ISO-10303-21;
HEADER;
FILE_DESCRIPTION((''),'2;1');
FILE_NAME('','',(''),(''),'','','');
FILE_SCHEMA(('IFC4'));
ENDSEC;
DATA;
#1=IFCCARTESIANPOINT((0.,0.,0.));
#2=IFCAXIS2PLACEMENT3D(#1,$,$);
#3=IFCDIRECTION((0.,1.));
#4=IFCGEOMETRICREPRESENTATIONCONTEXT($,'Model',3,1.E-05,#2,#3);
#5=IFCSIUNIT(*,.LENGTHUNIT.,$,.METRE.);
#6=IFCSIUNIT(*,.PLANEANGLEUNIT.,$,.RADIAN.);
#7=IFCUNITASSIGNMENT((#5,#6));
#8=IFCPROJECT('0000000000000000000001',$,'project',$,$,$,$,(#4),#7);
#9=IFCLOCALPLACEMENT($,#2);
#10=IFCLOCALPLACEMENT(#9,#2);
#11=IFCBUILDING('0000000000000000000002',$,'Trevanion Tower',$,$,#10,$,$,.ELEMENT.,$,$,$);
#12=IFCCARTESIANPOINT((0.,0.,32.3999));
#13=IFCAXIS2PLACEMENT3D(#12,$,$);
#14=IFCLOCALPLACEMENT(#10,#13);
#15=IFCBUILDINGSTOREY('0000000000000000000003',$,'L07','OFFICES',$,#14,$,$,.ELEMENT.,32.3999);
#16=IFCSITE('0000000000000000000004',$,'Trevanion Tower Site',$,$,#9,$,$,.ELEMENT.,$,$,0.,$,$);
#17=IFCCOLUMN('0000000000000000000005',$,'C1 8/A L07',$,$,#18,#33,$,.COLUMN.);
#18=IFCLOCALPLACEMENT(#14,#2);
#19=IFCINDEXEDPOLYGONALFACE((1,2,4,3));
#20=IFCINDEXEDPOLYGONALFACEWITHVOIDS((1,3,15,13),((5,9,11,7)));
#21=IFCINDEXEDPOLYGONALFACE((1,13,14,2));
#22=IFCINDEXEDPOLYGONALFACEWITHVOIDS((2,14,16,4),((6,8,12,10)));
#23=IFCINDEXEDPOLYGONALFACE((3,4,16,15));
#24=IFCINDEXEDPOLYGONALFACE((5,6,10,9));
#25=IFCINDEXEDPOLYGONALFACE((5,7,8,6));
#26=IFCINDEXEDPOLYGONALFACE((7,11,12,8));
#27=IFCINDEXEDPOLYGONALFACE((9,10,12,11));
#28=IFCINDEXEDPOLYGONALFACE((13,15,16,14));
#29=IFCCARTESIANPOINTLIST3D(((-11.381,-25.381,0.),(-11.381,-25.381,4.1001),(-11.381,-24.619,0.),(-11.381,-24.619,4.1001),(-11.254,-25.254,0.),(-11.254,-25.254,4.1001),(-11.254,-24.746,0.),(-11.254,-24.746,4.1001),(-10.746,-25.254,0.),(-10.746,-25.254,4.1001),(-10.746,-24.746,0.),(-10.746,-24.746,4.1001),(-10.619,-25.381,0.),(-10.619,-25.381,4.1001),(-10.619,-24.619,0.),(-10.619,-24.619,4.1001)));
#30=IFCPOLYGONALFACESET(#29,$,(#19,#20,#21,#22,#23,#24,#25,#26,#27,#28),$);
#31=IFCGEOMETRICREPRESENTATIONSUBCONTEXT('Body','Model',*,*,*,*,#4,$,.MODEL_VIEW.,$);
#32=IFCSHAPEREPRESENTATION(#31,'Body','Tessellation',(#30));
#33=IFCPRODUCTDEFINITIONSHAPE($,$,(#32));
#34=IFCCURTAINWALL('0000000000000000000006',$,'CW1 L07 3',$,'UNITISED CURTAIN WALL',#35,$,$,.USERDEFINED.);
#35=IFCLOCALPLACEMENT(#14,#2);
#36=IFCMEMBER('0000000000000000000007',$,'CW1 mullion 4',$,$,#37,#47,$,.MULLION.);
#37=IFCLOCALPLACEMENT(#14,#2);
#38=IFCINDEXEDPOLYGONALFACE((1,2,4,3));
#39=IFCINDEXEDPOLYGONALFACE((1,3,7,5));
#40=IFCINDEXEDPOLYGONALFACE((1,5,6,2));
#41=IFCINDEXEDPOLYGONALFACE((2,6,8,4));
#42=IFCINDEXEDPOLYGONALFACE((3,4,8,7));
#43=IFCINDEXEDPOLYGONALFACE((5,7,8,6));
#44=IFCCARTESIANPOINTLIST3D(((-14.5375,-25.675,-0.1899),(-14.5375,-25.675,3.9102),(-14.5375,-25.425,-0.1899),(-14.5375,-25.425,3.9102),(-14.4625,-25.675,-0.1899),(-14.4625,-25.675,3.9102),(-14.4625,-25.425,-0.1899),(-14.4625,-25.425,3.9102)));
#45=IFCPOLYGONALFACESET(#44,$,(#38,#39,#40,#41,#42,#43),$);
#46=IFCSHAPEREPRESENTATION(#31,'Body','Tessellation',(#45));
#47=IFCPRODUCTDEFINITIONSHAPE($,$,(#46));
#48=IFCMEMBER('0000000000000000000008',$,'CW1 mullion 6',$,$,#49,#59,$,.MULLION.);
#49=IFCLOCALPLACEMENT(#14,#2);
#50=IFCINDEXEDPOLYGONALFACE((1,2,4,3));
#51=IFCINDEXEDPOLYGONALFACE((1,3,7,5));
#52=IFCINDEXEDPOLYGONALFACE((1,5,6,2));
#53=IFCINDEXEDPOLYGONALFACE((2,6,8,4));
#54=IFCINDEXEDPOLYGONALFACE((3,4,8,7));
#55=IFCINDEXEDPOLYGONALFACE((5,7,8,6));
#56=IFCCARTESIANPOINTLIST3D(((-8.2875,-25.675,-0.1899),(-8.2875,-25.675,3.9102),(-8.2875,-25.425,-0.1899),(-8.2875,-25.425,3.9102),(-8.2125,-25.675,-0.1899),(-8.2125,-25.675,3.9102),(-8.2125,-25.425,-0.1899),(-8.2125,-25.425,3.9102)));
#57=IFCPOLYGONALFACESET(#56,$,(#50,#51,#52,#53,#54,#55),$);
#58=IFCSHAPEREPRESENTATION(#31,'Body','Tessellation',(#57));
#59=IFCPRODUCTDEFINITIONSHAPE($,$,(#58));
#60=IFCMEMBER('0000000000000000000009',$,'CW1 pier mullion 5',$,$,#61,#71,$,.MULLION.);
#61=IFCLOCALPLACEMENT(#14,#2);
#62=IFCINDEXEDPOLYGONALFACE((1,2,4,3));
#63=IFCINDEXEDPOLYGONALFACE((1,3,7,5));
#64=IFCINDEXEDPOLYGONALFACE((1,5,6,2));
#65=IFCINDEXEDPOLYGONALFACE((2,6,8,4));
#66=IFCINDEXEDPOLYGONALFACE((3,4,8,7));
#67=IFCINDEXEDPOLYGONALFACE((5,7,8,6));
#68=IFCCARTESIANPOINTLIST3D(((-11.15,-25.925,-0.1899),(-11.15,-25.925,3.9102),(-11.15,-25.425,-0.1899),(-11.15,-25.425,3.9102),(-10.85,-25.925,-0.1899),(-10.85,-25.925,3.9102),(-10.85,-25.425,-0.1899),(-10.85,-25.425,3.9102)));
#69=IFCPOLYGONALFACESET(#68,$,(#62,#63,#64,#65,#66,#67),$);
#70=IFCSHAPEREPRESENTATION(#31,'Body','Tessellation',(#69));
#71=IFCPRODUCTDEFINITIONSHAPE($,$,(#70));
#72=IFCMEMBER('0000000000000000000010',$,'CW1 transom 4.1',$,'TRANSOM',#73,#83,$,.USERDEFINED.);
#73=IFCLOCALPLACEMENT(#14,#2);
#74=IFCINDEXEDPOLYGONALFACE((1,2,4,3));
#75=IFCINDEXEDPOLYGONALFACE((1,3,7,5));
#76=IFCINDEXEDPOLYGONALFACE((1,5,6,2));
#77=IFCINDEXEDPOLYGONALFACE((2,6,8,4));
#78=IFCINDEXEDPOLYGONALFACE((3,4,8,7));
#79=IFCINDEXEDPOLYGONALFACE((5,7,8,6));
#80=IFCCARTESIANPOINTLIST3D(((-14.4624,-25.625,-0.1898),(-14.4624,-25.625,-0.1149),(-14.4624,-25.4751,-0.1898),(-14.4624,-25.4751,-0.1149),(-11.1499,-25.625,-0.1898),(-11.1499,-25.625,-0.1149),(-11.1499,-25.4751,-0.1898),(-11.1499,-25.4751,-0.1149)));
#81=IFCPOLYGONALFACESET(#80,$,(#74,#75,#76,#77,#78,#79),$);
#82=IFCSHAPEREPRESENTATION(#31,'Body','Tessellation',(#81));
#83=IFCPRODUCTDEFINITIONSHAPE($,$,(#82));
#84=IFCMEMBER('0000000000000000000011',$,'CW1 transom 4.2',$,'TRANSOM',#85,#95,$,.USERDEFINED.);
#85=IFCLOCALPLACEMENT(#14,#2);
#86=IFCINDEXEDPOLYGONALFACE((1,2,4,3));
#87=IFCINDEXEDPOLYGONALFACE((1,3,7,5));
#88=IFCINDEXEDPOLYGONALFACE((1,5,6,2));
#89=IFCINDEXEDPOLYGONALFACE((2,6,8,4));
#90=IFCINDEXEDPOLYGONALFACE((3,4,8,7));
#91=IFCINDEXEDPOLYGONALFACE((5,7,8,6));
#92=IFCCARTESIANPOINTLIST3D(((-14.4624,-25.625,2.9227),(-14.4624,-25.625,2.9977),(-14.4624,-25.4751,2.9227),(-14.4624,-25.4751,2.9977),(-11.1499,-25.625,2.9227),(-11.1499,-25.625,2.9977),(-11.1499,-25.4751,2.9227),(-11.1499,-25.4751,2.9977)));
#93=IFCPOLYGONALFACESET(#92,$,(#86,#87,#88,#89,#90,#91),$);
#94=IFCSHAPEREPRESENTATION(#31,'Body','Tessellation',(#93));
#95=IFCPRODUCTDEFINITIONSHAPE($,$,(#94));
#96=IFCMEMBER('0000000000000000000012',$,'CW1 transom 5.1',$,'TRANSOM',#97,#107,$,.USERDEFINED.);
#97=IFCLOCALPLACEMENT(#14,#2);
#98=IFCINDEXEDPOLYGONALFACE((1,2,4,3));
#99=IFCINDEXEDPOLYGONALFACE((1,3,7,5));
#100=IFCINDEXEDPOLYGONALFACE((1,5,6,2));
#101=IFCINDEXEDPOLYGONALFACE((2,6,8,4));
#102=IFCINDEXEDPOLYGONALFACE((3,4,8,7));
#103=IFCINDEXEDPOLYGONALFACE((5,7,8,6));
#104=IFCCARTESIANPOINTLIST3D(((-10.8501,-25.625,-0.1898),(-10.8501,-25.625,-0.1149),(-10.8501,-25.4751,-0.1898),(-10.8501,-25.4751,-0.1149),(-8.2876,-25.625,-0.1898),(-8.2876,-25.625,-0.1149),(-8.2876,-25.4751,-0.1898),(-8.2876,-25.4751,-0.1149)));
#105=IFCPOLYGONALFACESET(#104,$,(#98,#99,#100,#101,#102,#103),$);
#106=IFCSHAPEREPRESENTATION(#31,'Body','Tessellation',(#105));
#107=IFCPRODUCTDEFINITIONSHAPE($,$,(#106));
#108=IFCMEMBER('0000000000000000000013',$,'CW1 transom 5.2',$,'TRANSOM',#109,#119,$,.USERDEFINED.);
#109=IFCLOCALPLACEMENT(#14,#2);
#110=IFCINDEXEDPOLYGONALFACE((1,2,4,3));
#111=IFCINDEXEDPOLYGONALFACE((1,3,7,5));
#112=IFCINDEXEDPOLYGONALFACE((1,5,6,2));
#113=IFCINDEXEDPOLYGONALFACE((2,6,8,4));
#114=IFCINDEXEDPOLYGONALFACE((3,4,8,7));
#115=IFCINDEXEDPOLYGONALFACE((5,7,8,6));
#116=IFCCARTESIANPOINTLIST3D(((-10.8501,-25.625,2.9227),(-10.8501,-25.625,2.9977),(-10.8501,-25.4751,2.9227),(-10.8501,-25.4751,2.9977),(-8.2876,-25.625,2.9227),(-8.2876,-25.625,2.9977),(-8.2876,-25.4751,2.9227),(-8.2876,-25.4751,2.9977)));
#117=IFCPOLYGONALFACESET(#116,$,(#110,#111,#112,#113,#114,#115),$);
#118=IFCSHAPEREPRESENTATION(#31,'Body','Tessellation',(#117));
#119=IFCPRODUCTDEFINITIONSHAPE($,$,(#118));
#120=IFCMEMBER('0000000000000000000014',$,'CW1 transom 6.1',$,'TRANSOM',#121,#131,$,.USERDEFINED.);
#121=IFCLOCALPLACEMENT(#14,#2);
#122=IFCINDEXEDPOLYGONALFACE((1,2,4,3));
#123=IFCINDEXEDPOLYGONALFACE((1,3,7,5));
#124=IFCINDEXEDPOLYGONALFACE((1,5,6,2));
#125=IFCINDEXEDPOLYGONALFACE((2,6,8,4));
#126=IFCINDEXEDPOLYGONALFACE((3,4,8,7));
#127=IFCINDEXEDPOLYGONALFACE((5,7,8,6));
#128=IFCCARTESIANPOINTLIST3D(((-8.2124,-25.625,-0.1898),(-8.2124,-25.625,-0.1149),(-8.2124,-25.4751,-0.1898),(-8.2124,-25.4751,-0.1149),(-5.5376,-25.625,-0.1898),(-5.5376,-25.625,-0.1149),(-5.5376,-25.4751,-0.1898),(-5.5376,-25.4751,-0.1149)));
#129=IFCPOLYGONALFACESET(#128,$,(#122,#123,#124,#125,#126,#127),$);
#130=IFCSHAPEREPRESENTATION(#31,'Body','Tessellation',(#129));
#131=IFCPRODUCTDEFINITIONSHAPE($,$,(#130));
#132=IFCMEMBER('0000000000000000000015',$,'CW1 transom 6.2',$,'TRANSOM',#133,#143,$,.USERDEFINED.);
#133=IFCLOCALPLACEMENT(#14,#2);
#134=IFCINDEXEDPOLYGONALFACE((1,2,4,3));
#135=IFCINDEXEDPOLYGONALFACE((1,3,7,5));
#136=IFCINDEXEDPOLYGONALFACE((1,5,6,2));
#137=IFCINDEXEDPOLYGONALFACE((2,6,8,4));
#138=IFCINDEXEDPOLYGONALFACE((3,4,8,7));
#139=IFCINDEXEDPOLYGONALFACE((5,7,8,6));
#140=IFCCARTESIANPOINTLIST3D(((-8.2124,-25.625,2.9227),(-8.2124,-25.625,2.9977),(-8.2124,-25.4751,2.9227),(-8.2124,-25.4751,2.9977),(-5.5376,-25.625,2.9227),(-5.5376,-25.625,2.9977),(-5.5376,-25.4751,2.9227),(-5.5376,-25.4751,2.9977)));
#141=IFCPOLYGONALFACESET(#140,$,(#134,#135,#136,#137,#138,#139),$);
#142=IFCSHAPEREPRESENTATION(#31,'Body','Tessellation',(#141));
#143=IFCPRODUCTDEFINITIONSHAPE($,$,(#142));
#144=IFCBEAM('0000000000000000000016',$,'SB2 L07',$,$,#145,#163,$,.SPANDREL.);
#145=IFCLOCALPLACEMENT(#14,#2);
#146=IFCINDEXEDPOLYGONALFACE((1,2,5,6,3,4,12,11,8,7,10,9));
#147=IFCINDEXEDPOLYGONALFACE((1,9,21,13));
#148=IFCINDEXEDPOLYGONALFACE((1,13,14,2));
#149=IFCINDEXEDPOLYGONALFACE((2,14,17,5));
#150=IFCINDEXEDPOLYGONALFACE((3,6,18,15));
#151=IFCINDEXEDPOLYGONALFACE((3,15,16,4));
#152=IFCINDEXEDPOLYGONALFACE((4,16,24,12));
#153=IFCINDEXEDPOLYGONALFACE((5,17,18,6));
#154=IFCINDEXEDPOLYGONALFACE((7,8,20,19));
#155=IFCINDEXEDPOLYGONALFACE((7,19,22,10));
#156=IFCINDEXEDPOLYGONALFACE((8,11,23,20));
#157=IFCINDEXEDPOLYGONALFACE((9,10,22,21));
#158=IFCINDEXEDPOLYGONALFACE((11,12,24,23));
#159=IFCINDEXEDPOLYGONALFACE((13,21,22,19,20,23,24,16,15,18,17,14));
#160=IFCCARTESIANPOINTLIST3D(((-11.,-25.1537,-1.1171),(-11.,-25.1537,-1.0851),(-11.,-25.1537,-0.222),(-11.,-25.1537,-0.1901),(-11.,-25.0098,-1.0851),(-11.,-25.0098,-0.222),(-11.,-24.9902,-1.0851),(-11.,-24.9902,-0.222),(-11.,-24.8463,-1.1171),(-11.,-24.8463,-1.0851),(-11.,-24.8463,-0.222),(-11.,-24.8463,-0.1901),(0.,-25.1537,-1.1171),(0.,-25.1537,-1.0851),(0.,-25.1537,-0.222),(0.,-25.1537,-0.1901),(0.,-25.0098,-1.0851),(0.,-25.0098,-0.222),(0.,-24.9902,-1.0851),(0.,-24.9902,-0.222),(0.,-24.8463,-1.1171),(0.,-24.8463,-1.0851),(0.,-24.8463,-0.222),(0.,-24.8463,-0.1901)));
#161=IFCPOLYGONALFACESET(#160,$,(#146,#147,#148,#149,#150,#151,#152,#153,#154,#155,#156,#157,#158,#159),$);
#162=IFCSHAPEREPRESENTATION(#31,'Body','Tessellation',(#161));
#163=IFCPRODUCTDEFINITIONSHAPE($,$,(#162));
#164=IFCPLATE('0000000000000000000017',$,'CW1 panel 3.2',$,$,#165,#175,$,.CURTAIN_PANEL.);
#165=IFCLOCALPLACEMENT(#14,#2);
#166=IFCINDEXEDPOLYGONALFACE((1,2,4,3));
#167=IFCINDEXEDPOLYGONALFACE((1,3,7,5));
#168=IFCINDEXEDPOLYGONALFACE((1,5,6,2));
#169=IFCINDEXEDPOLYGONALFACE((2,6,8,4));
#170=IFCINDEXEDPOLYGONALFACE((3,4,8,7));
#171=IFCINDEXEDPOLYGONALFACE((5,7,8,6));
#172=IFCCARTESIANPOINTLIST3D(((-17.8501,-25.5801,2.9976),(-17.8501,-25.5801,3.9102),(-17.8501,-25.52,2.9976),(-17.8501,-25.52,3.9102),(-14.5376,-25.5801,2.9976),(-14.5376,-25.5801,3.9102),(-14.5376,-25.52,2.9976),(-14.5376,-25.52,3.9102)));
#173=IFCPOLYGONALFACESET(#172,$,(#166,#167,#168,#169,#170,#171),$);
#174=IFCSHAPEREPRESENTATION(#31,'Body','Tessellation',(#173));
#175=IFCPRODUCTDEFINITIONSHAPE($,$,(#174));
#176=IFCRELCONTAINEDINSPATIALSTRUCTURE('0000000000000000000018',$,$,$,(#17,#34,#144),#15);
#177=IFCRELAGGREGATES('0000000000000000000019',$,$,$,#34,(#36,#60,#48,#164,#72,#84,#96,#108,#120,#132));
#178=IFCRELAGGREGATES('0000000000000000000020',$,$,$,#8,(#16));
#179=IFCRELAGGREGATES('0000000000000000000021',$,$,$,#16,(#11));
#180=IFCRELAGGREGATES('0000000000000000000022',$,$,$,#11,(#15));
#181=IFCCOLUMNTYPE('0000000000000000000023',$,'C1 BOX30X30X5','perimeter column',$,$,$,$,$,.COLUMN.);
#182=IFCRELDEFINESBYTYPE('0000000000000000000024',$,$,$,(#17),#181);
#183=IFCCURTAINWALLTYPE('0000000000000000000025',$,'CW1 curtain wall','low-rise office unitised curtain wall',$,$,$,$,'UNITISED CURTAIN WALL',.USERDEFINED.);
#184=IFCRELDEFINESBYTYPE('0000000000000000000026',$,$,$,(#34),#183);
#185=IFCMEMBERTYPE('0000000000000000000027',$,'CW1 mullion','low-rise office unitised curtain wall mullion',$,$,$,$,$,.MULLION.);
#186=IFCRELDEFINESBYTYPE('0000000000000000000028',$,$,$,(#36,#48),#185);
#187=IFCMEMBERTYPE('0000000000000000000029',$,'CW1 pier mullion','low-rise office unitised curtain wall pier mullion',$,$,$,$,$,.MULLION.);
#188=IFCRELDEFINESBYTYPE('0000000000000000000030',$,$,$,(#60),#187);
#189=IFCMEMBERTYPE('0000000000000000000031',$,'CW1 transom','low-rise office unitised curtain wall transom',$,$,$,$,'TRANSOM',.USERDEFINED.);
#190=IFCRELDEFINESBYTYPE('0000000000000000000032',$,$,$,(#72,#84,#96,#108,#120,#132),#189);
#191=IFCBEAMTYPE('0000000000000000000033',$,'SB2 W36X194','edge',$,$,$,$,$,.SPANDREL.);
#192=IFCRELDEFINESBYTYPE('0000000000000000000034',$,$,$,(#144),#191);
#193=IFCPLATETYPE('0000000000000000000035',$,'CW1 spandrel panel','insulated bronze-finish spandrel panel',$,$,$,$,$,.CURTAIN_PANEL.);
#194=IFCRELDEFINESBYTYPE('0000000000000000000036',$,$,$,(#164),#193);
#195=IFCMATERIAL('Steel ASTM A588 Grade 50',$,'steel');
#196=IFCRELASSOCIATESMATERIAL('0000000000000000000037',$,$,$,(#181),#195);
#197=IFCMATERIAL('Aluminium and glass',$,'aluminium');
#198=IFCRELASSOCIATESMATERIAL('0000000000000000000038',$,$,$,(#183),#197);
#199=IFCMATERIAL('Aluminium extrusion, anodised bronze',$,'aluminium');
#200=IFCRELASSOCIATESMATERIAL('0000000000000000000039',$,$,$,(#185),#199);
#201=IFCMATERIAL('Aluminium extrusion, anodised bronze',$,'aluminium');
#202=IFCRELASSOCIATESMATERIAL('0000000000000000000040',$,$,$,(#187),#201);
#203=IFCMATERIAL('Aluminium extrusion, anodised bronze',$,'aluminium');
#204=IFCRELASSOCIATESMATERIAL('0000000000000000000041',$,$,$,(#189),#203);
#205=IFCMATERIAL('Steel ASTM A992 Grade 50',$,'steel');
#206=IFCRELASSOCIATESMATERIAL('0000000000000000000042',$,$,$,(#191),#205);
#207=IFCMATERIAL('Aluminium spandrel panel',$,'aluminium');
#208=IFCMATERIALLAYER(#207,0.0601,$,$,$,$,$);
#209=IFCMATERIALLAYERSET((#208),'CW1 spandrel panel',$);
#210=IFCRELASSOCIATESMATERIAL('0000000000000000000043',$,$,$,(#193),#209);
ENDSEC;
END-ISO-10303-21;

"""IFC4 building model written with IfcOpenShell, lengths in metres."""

from ifc_helpers import new_model, si_unit, direction, frame, origin, origin_2d, place, context, subcontext, project, spatial, rectangle, hollow_rectangle, i_section, extrude, material, layer, layer_set, material_profile, profile_set, type_object, element, aggregate, save


model = new_model("IFC4")

# Units and contexts
model_context = context("Model", 3, precision=1e-05, world=origin(), true_north=direction((0.0, 1.0)))
body_context = subcontext(model_context, "Body", "Model", "MODEL_VIEW")
ifc_project = project(units=[si_unit("LENGTHUNIT", "METRE"), si_unit("PLANEANGLEUNIT", "RADIAN")], contexts=[model_context])

# Site, building, storey
site_placement = place(None, origin())
site = spatial("IfcSite", under=ifc_project, at=site_placement, Name="Trevanion Tower Site", CompositionType="ELEMENT", RefElevation=0.0)
building_placement = place(site_placement, origin())
building = spatial("IfcBuilding", under=site, at=building_placement, Name="Trevanion Tower", CompositionType="ELEMENT")
storey_placement = place(building_placement, frame((0.0, 0.0, 32.3999)))
storey = spatial("IfcBuildingStorey", under=building, at=storey_placement, Name="L07", Description="OFFICES", CompositionType="ELEMENT", Elevation=32.3999)

# Column
ifc_material_1 = material(Name="Steel ASTM A588 Grade 50", Category="steel")
ifc_material_profile_1 = material_profile(ifc_material_1, hollow_rectangle(XDim=0.762, YDim=0.762, WallThickness=0.127, at=origin_2d()), Name="BOX30X30X5")
ifc_profile_set_1 = profile_set([ifc_material_profile_1], Name="Steel ASTM A588 Grade 50")
column_type = type_object("IfcColumnType", Name="C1 BOX30X30X5", Description="perimeter column", PredefinedType="COLUMN", material=ifc_profile_set_1)
column_placement = place(storey_placement, frame((-11.0, -25.0, 0.0), z_axis=(0.0, 0.0, 1.0), x_axis=(1.0, 0.0, 0.0)))
element("IfcColumn", 1, at=column_placement, inside=storey, type_object=column_type, Name="C1 8/A L07", PredefinedType="COLUMN", context=body_context, shape_type="SweptSolid", body=[
    extrude(hollow_rectangle(XDim=0.762, YDim=0.762, WallThickness=0.127, at=origin_2d()), origin(), (0.0, 0.0, 1.0), 4.1001),
])

# Curtain wall, members
ifc_material_2 = material(Name="Aluminium and glass", Category="aluminium")
curtain_wall_type = type_object("IfcCurtainWallType", Name="CW1 curtain wall", Description="low-rise office unitised curtain wall", ElementType="UNITISED CURTAIN WALL", PredefinedType="USERDEFINED", material=ifc_material_2)
curtain_wall_placement = place(storey_placement, origin())
curtain_wall = element("IfcCurtainWall", 2, at=curtain_wall_placement, inside=storey, type_object=curtain_wall_type, Name="CW1 L07 3", ObjectType="UNITISED CURTAIN WALL", PredefinedType="USERDEFINED")
ifc_material_3 = material(Name="Aluminium extrusion, anodised bronze", Category="aluminium")
ifc_material_profile_2 = material_profile(ifc_material_3, rectangle(XDim=0.075, YDim=0.25, at=origin_2d()), Name="CW1 mullion")
ifc_profile_set_2 = profile_set([ifc_material_profile_2], Name="Aluminium extrusion, anodised bronze")
member_type_1 = type_object("IfcMemberType", Name="CW1 mullion", Description="low-rise office unitised curtain wall mullion", PredefinedType="MULLION", material=ifc_profile_set_2)
member_1_placement = place(storey_placement, frame((-14.5, -25.55, -0.1899), z_axis=(0.0, 0.0, 1.0), x_axis=(1.0, 0.0, 0.0)))
member_1 = element("IfcMember", 3, at=member_1_placement, type_object=member_type_1, Name="CW1 mullion 4", PredefinedType="MULLION", context=body_context, shape_type="SweptSolid", body=[
    extrude(rectangle(XDim=0.075, YDim=0.25, at=origin_2d()), origin(), (0.0, 0.0, 1.0), 4.1001),
])
member_2_placement = place(storey_placement, frame((-8.25, -25.55, -0.1899), z_axis=(0.0, 0.0, 1.0), x_axis=(1.0, 0.0, 0.0)))
member_2 = element("IfcMember", 4, at=member_2_placement, type_object=member_type_1, Name="CW1 mullion 6", PredefinedType="MULLION", context=body_context, shape_type="SweptSolid", body=[
    extrude(rectangle(XDim=0.075, YDim=0.25, at=origin_2d()), origin(), (0.0, 0.0, 1.0), 4.1001),
])
ifc_material_4 = material(Name="Aluminium extrusion, anodised bronze", Category="aluminium")
ifc_material_profile_3 = material_profile(ifc_material_4, rectangle(XDim=0.3, YDim=0.5, at=origin_2d()), Name="CW1 pier mullion")
ifc_profile_set_3 = profile_set([ifc_material_profile_3], Name="Aluminium extrusion, anodised bronze")
member_type_2 = type_object("IfcMemberType", Name="CW1 pier mullion", Description="low-rise office unitised curtain wall pier mullion", PredefinedType="MULLION", material=ifc_profile_set_3)
member_3_placement = place(storey_placement, frame((-11.0, -25.675, -0.1899), z_axis=(0.0, 0.0, 1.0), x_axis=(1.0, 0.0, 0.0)))
member_3 = element("IfcMember", 5, at=member_3_placement, type_object=member_type_2, Name="CW1 pier mullion 5", PredefinedType="MULLION", context=body_context, shape_type="SweptSolid", body=[
    extrude(rectangle(XDim=0.3, YDim=0.5, at=origin_2d()), origin(), (0.0, 0.0, 1.0), 4.1001),
])
ifc_material_5 = material(Name="Aluminium extrusion, anodised bronze", Category="aluminium")
ifc_material_profile_4 = material_profile(ifc_material_5, rectangle(XDim=0.1499, YDim=0.075, at=origin_2d()), Name="CW1 transom")
ifc_profile_set_4 = profile_set([ifc_material_profile_4], Name="Aluminium extrusion, anodised bronze")
member_type_3 = type_object("IfcMemberType", Name="CW1 transom", Description="low-rise office unitised curtain wall transom", ElementType="TRANSOM", PredefinedType="USERDEFINED", material=ifc_profile_set_4)
member_4_placement = place(storey_placement, frame((-14.4624, -25.55, -0.1523), z_axis=(1.0, 0.0, 0.0), x_axis=(0.0, 1.0, 0.0)))
member_4 = element("IfcMember", 6, at=member_4_placement, type_object=member_type_3, Name="CW1 transom 4.1", ObjectType="TRANSOM", PredefinedType="USERDEFINED", context=body_context, shape_type="SweptSolid", body=[
    extrude(rectangle(XDim=0.1499, YDim=0.075, at=origin_2d()), origin(), (0.0, 0.0, 1.0), 3.3125),
])
member_5_placement = place(storey_placement, frame((-14.4624, -25.55, 2.9602), z_axis=(1.0, 0.0, 0.0), x_axis=(0.0, 1.0, 0.0)))
member_5 = element("IfcMember", 7, at=member_5_placement, type_object=member_type_3, Name="CW1 transom 4.2", ObjectType="TRANSOM", PredefinedType="USERDEFINED", context=body_context, shape_type="SweptSolid", body=[
    extrude(rectangle(XDim=0.1499, YDim=0.075, at=origin_2d()), origin(), (0.0, 0.0, 1.0), 3.3125),
])
member_6_placement = place(storey_placement, frame((-10.8501, -25.55, -0.1523), z_axis=(1.0, 0.0, 0.0), x_axis=(0.0, 1.0, 0.0)))
member_6 = element("IfcMember", 8, at=member_6_placement, type_object=member_type_3, Name="CW1 transom 5.1", ObjectType="TRANSOM", PredefinedType="USERDEFINED", context=body_context, shape_type="SweptSolid", body=[
    extrude(rectangle(XDim=0.1499, YDim=0.075, at=origin_2d()), origin(), (0.0, 0.0, 1.0), 2.5625),
])
member_7_placement = place(storey_placement, frame((-10.8501, -25.55, 2.9602), z_axis=(1.0, 0.0, 0.0), x_axis=(0.0, 1.0, 0.0)))
member_7 = element("IfcMember", 9, at=member_7_placement, type_object=member_type_3, Name="CW1 transom 5.2", ObjectType="TRANSOM", PredefinedType="USERDEFINED", context=body_context, shape_type="SweptSolid", body=[
    extrude(rectangle(XDim=0.1499, YDim=0.075, at=origin_2d()), origin(), (0.0, 0.0, 1.0), 2.5625),
])
member_8_placement = place(storey_placement, frame((-8.2124, -25.55, -0.1523), z_axis=(1.0, 0.0, 0.0), x_axis=(0.0, 1.0, 0.0)))
member_8 = element("IfcMember", 10, at=member_8_placement, type_object=member_type_3, Name="CW1 transom 6.1", ObjectType="TRANSOM", PredefinedType="USERDEFINED", context=body_context, shape_type="SweptSolid", body=[
    extrude(rectangle(XDim=0.1499, YDim=0.075, at=origin_2d()), origin(), (0.0, 0.0, 1.0), 2.6748),
])
member_9_placement = place(storey_placement, frame((-8.2124, -25.55, 2.9602), z_axis=(1.0, 0.0, 0.0), x_axis=(0.0, 1.0, 0.0)))
member_9 = element("IfcMember", 11, at=member_9_placement, type_object=member_type_3, Name="CW1 transom 6.2", ObjectType="TRANSOM", PredefinedType="USERDEFINED", context=body_context, shape_type="SweptSolid", body=[
    extrude(rectangle(XDim=0.1499, YDim=0.075, at=origin_2d()), origin(), (0.0, 0.0, 1.0), 2.6748),
])

# Beam
ifc_material_6 = material(Name="Steel ASTM A992 Grade 50", Category="steel")
ifc_material_profile_5 = material_profile(ifc_material_6, i_section(OverallWidth=0.3074, OverallDepth=0.927, WebThickness=0.0195, FlangeThickness=0.032, at=origin_2d()), Name="W36X194")
ifc_profile_set_5 = profile_set([ifc_material_profile_5], Name="Steel ASTM A992 Grade 50")
beam_type = type_object("IfcBeamType", Name="SB2 W36X194", Description="edge", PredefinedType="SPANDREL", material=ifc_profile_set_5)
beam_placement = place(storey_placement, frame((-11.0, -25.0, -0.6536), z_axis=(1.0, 0.0, 0.0), x_axis=(0.0, 1.0, 0.0)))
element("IfcBeam", 12, at=beam_placement, inside=storey, type_object=beam_type, Name="SB2 L07", PredefinedType="SPANDREL", context=body_context, shape_type="SweptSolid", body=[
    extrude(i_section(OverallWidth=0.3074, OverallDepth=0.927, WebThickness=0.0195, FlangeThickness=0.032, at=origin_2d()), origin(), (0.0, 0.0, 1.0), 11.0),
])

# Plate
ifc_material_7 = material(Name="Aluminium spandrel panel", Category="aluminium")
ifc_layer_1 = layer(ifc_material_7, 0.0601)
ifc_layer_set_1 = layer_set([ifc_layer_1], Name="CW1 spandrel panel")
plate_type_1 = type_object("IfcPlateType", Name="CW1 spandrel panel", Description="insulated bronze-finish spandrel panel", PredefinedType="CURTAIN_PANEL", material=ifc_layer_set_1)
plate_1_placement = place(storey_placement, frame((-16.1938, -25.55, 2.9976), z_axis=(0.0, 0.0, 1.0), x_axis=(1.0, 0.0, 0.0)))
plate_1 = element("IfcPlate", 13, at=plate_1_placement, type_object=plate_type_1, Name="CW1 panel 3.2", PredefinedType="CURTAIN_PANEL", context=body_context, shape_type="SweptSolid", body=[
    extrude(rectangle(XDim=3.3125, YDim=0.0601, at=origin_2d()), origin(), (0.0, 0.0, 1.0), 0.9126),
])
aggregate(curtain_wall, [member_1, member_3, member_2, plate_1, member_4, member_5, member_6, member_7, member_8, member_9])

save(model, "model.ifc")
